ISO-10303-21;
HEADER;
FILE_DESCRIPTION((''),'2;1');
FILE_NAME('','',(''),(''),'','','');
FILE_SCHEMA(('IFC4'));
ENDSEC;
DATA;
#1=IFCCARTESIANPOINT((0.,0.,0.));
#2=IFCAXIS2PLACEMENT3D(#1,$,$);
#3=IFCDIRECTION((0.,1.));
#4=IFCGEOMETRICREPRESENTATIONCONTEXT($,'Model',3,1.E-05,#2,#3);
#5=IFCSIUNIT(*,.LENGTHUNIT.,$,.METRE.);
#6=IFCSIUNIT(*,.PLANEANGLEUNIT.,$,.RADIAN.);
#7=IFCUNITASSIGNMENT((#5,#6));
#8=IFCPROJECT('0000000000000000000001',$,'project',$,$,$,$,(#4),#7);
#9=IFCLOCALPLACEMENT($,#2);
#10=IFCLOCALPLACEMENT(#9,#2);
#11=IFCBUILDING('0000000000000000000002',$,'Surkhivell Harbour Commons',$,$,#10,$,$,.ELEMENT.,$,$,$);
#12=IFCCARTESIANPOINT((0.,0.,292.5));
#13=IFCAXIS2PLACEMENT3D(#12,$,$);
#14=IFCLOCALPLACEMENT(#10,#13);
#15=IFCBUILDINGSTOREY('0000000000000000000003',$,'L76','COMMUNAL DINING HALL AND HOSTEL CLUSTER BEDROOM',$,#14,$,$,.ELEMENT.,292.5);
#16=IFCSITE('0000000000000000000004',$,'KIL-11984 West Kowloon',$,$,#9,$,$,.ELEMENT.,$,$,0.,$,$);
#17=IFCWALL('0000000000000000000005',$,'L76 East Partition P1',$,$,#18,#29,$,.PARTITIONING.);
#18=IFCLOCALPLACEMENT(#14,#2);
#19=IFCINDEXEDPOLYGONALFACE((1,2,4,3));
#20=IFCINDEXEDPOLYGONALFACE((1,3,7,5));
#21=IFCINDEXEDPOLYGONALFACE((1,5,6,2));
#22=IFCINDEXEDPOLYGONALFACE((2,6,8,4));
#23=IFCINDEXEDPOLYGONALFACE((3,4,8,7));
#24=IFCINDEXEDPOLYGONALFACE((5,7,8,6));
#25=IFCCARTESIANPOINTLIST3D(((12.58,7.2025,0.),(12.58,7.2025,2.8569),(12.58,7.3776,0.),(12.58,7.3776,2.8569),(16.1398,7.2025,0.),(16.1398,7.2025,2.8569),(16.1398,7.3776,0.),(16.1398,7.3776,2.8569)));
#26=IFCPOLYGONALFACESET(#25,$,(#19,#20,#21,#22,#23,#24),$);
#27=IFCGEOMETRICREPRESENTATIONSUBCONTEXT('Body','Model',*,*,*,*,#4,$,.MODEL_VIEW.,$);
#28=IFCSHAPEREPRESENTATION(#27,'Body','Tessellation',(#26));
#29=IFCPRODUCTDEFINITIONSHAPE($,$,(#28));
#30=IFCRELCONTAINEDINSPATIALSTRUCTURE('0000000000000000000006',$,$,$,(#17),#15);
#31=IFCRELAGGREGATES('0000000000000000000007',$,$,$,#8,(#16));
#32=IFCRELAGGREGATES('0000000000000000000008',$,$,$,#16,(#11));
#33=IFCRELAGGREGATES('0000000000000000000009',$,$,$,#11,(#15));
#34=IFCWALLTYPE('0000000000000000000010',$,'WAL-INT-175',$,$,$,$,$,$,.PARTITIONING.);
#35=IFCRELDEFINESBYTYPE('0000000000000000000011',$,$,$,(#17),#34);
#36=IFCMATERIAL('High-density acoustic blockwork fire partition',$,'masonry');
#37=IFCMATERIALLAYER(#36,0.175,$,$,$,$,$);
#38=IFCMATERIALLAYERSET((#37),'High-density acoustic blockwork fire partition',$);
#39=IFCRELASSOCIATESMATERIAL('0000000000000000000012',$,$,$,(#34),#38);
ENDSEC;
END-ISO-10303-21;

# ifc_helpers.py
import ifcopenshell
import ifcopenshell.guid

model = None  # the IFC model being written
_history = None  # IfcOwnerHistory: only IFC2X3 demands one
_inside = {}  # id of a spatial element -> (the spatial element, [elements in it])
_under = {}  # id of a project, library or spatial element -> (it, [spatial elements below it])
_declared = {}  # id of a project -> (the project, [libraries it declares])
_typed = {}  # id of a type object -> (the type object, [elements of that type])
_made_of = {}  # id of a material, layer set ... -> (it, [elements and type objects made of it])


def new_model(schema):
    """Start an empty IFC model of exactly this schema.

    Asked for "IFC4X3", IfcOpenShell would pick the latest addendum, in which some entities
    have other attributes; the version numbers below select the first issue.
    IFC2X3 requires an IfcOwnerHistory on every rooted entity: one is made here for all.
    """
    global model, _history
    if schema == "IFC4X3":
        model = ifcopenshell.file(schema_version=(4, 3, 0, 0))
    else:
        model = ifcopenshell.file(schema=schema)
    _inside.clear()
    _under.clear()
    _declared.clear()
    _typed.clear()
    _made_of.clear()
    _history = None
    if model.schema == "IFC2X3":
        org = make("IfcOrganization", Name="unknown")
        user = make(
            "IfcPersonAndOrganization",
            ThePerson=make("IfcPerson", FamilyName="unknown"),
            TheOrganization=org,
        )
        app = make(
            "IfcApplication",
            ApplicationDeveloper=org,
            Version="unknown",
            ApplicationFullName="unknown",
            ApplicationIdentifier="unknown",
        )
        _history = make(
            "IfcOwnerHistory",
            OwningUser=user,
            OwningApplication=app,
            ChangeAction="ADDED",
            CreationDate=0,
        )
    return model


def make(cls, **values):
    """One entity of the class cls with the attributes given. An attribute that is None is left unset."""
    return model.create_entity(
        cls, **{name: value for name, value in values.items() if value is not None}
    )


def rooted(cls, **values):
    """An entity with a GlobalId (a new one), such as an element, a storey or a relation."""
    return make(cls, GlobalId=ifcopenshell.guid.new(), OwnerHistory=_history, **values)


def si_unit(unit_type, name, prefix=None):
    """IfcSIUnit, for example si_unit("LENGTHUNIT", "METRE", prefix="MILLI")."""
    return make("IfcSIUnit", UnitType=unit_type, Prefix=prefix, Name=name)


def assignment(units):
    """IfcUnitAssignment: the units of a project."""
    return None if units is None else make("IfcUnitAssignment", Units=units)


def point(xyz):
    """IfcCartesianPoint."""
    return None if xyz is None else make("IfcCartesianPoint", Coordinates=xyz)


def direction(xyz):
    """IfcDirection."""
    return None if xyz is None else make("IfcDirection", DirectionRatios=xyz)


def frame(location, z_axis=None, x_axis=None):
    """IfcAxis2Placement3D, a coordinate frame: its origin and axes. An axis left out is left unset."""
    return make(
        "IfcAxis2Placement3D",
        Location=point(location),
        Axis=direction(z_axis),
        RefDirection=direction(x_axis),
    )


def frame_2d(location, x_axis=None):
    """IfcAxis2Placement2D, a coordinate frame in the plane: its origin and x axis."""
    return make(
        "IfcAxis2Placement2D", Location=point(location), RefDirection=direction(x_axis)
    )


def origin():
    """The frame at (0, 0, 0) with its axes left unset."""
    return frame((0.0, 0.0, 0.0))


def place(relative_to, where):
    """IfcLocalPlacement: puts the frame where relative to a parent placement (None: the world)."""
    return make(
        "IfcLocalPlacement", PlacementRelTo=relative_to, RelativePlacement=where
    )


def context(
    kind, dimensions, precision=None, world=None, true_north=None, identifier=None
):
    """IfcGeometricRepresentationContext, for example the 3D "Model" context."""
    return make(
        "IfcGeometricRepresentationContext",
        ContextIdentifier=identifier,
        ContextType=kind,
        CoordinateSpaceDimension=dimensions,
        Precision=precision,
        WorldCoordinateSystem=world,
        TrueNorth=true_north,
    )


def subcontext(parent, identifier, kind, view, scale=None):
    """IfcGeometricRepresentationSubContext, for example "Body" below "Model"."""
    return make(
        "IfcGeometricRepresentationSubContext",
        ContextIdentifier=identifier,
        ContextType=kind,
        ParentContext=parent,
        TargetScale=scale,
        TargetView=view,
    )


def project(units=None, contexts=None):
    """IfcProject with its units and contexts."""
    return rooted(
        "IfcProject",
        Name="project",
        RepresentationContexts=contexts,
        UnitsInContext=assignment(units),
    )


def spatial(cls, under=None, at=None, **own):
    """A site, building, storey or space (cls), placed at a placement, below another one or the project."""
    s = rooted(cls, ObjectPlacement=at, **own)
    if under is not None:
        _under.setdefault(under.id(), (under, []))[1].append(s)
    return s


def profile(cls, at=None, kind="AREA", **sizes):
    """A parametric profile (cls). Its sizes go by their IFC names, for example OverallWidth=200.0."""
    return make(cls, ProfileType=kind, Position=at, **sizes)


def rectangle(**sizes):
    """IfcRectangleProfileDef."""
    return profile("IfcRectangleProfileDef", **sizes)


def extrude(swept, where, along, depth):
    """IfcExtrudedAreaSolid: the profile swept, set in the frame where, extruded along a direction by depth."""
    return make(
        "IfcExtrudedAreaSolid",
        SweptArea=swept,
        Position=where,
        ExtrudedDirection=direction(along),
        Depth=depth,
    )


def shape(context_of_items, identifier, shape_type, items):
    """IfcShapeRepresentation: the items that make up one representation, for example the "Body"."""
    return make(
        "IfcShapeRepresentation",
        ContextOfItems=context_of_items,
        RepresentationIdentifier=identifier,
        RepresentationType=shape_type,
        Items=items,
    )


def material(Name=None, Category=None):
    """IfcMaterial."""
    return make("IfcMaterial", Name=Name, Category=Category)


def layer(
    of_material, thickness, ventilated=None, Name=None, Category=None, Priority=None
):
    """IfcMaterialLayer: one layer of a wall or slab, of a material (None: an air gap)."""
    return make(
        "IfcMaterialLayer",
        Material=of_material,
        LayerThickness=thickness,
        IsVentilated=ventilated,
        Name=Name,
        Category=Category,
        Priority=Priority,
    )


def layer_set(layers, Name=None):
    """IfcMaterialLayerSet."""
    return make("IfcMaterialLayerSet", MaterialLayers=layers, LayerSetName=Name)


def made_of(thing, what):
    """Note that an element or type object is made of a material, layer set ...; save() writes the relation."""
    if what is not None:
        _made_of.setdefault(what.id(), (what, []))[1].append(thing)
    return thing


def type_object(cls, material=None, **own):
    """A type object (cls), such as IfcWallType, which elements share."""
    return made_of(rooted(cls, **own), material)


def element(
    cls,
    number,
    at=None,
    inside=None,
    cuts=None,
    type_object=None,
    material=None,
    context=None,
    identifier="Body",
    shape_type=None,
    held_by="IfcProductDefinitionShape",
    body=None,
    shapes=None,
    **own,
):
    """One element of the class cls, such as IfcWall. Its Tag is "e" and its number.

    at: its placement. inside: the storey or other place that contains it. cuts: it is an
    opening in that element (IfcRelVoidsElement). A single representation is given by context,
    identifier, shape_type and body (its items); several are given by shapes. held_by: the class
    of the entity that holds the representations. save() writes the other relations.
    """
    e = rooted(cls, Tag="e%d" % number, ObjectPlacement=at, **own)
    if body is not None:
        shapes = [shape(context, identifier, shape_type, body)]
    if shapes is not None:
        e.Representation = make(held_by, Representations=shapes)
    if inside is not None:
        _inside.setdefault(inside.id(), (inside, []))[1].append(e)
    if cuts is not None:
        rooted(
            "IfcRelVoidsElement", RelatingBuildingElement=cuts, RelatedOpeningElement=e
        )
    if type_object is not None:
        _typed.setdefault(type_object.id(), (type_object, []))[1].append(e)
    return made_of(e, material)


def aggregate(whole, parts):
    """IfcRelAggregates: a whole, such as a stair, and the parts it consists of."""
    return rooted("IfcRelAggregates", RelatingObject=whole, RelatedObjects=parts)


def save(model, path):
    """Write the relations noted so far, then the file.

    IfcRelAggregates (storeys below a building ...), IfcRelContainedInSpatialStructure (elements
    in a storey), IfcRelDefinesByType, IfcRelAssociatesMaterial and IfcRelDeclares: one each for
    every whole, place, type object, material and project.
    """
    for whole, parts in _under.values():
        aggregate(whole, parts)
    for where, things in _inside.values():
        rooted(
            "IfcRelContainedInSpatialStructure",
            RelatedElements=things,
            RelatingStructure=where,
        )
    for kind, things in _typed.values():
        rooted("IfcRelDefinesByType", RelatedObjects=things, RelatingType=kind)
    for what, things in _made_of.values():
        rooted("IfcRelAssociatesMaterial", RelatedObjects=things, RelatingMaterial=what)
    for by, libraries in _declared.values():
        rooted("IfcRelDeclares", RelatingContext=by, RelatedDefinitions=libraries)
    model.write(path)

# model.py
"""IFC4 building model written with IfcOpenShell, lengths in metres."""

from ifc_helpers import new_model, si_unit, direction, frame, frame_2d, origin, place, context, subcontext, project, spatial, rectangle, extrude, material, layer, layer_set, type_object, element, save


model = new_model("IFC4")

# Units and contexts
model_context = context("Model", 3, precision=1e-05, world=origin(), true_north=direction((0.0, 1.0)))
body_context = subcontext(model_context, "Body", "Model", "MODEL_VIEW")
ifc_project = project(units=[si_unit("LENGTHUNIT", "METRE"), si_unit("PLANEANGLEUNIT", "RADIAN")], contexts=[model_context])

# Site, building, storey
site_placement = place(None, origin())
site = spatial("IfcSite", under=ifc_project, at=site_placement, Name="KIL-11984 West Kowloon", CompositionType="ELEMENT", RefElevation=0.0)
building_placement = place(site_placement, origin())
building = spatial("IfcBuilding", under=site, at=building_placement, Name="Surkhivell Harbour Commons", CompositionType="ELEMENT")
storey_placement = place(building_placement, frame((0.0, 0.0, 292.5)))
storey = spatial("IfcBuildingStorey", under=building, at=storey_placement, Name="L76", Description="COMMUNAL DINING HALL AND HOSTEL CLUSTER BEDROOM", CompositionType="ELEMENT", Elevation=292.5)

# Wall
ifc_material_1 = material(Name="High-density acoustic blockwork fire partition", Category="masonry")
ifc_layer_1 = layer(ifc_material_1, 0.175)
ifc_layer_set_1 = layer_set([ifc_layer_1], Name="High-density acoustic blockwork fire partition")
wall_type_1 = type_object("IfcWallType", Name="WAL-INT-175", PredefinedType="PARTITIONING", material=ifc_layer_set_1)
wall_1_placement = place(storey_placement, frame((12.5801, 7.29, 0.0), z_axis=(0.0, 0.0, 1.0), x_axis=(1.0, 0.0, 0.0)))
element("IfcWall", 1, at=wall_1_placement, inside=storey, type_object=wall_type_1, Name="L76 East Partition P1", PredefinedType="PARTITIONING", context=body_context, shape_type="SweptSolid", body=[
    extrude(rectangle(XDim=3.5598, YDim=0.175, at=frame_2d((1.7798, 0.0))), origin(), (0.0, 0.0, 1.0), 2.8569),
])

save(model, "model.ifc")
